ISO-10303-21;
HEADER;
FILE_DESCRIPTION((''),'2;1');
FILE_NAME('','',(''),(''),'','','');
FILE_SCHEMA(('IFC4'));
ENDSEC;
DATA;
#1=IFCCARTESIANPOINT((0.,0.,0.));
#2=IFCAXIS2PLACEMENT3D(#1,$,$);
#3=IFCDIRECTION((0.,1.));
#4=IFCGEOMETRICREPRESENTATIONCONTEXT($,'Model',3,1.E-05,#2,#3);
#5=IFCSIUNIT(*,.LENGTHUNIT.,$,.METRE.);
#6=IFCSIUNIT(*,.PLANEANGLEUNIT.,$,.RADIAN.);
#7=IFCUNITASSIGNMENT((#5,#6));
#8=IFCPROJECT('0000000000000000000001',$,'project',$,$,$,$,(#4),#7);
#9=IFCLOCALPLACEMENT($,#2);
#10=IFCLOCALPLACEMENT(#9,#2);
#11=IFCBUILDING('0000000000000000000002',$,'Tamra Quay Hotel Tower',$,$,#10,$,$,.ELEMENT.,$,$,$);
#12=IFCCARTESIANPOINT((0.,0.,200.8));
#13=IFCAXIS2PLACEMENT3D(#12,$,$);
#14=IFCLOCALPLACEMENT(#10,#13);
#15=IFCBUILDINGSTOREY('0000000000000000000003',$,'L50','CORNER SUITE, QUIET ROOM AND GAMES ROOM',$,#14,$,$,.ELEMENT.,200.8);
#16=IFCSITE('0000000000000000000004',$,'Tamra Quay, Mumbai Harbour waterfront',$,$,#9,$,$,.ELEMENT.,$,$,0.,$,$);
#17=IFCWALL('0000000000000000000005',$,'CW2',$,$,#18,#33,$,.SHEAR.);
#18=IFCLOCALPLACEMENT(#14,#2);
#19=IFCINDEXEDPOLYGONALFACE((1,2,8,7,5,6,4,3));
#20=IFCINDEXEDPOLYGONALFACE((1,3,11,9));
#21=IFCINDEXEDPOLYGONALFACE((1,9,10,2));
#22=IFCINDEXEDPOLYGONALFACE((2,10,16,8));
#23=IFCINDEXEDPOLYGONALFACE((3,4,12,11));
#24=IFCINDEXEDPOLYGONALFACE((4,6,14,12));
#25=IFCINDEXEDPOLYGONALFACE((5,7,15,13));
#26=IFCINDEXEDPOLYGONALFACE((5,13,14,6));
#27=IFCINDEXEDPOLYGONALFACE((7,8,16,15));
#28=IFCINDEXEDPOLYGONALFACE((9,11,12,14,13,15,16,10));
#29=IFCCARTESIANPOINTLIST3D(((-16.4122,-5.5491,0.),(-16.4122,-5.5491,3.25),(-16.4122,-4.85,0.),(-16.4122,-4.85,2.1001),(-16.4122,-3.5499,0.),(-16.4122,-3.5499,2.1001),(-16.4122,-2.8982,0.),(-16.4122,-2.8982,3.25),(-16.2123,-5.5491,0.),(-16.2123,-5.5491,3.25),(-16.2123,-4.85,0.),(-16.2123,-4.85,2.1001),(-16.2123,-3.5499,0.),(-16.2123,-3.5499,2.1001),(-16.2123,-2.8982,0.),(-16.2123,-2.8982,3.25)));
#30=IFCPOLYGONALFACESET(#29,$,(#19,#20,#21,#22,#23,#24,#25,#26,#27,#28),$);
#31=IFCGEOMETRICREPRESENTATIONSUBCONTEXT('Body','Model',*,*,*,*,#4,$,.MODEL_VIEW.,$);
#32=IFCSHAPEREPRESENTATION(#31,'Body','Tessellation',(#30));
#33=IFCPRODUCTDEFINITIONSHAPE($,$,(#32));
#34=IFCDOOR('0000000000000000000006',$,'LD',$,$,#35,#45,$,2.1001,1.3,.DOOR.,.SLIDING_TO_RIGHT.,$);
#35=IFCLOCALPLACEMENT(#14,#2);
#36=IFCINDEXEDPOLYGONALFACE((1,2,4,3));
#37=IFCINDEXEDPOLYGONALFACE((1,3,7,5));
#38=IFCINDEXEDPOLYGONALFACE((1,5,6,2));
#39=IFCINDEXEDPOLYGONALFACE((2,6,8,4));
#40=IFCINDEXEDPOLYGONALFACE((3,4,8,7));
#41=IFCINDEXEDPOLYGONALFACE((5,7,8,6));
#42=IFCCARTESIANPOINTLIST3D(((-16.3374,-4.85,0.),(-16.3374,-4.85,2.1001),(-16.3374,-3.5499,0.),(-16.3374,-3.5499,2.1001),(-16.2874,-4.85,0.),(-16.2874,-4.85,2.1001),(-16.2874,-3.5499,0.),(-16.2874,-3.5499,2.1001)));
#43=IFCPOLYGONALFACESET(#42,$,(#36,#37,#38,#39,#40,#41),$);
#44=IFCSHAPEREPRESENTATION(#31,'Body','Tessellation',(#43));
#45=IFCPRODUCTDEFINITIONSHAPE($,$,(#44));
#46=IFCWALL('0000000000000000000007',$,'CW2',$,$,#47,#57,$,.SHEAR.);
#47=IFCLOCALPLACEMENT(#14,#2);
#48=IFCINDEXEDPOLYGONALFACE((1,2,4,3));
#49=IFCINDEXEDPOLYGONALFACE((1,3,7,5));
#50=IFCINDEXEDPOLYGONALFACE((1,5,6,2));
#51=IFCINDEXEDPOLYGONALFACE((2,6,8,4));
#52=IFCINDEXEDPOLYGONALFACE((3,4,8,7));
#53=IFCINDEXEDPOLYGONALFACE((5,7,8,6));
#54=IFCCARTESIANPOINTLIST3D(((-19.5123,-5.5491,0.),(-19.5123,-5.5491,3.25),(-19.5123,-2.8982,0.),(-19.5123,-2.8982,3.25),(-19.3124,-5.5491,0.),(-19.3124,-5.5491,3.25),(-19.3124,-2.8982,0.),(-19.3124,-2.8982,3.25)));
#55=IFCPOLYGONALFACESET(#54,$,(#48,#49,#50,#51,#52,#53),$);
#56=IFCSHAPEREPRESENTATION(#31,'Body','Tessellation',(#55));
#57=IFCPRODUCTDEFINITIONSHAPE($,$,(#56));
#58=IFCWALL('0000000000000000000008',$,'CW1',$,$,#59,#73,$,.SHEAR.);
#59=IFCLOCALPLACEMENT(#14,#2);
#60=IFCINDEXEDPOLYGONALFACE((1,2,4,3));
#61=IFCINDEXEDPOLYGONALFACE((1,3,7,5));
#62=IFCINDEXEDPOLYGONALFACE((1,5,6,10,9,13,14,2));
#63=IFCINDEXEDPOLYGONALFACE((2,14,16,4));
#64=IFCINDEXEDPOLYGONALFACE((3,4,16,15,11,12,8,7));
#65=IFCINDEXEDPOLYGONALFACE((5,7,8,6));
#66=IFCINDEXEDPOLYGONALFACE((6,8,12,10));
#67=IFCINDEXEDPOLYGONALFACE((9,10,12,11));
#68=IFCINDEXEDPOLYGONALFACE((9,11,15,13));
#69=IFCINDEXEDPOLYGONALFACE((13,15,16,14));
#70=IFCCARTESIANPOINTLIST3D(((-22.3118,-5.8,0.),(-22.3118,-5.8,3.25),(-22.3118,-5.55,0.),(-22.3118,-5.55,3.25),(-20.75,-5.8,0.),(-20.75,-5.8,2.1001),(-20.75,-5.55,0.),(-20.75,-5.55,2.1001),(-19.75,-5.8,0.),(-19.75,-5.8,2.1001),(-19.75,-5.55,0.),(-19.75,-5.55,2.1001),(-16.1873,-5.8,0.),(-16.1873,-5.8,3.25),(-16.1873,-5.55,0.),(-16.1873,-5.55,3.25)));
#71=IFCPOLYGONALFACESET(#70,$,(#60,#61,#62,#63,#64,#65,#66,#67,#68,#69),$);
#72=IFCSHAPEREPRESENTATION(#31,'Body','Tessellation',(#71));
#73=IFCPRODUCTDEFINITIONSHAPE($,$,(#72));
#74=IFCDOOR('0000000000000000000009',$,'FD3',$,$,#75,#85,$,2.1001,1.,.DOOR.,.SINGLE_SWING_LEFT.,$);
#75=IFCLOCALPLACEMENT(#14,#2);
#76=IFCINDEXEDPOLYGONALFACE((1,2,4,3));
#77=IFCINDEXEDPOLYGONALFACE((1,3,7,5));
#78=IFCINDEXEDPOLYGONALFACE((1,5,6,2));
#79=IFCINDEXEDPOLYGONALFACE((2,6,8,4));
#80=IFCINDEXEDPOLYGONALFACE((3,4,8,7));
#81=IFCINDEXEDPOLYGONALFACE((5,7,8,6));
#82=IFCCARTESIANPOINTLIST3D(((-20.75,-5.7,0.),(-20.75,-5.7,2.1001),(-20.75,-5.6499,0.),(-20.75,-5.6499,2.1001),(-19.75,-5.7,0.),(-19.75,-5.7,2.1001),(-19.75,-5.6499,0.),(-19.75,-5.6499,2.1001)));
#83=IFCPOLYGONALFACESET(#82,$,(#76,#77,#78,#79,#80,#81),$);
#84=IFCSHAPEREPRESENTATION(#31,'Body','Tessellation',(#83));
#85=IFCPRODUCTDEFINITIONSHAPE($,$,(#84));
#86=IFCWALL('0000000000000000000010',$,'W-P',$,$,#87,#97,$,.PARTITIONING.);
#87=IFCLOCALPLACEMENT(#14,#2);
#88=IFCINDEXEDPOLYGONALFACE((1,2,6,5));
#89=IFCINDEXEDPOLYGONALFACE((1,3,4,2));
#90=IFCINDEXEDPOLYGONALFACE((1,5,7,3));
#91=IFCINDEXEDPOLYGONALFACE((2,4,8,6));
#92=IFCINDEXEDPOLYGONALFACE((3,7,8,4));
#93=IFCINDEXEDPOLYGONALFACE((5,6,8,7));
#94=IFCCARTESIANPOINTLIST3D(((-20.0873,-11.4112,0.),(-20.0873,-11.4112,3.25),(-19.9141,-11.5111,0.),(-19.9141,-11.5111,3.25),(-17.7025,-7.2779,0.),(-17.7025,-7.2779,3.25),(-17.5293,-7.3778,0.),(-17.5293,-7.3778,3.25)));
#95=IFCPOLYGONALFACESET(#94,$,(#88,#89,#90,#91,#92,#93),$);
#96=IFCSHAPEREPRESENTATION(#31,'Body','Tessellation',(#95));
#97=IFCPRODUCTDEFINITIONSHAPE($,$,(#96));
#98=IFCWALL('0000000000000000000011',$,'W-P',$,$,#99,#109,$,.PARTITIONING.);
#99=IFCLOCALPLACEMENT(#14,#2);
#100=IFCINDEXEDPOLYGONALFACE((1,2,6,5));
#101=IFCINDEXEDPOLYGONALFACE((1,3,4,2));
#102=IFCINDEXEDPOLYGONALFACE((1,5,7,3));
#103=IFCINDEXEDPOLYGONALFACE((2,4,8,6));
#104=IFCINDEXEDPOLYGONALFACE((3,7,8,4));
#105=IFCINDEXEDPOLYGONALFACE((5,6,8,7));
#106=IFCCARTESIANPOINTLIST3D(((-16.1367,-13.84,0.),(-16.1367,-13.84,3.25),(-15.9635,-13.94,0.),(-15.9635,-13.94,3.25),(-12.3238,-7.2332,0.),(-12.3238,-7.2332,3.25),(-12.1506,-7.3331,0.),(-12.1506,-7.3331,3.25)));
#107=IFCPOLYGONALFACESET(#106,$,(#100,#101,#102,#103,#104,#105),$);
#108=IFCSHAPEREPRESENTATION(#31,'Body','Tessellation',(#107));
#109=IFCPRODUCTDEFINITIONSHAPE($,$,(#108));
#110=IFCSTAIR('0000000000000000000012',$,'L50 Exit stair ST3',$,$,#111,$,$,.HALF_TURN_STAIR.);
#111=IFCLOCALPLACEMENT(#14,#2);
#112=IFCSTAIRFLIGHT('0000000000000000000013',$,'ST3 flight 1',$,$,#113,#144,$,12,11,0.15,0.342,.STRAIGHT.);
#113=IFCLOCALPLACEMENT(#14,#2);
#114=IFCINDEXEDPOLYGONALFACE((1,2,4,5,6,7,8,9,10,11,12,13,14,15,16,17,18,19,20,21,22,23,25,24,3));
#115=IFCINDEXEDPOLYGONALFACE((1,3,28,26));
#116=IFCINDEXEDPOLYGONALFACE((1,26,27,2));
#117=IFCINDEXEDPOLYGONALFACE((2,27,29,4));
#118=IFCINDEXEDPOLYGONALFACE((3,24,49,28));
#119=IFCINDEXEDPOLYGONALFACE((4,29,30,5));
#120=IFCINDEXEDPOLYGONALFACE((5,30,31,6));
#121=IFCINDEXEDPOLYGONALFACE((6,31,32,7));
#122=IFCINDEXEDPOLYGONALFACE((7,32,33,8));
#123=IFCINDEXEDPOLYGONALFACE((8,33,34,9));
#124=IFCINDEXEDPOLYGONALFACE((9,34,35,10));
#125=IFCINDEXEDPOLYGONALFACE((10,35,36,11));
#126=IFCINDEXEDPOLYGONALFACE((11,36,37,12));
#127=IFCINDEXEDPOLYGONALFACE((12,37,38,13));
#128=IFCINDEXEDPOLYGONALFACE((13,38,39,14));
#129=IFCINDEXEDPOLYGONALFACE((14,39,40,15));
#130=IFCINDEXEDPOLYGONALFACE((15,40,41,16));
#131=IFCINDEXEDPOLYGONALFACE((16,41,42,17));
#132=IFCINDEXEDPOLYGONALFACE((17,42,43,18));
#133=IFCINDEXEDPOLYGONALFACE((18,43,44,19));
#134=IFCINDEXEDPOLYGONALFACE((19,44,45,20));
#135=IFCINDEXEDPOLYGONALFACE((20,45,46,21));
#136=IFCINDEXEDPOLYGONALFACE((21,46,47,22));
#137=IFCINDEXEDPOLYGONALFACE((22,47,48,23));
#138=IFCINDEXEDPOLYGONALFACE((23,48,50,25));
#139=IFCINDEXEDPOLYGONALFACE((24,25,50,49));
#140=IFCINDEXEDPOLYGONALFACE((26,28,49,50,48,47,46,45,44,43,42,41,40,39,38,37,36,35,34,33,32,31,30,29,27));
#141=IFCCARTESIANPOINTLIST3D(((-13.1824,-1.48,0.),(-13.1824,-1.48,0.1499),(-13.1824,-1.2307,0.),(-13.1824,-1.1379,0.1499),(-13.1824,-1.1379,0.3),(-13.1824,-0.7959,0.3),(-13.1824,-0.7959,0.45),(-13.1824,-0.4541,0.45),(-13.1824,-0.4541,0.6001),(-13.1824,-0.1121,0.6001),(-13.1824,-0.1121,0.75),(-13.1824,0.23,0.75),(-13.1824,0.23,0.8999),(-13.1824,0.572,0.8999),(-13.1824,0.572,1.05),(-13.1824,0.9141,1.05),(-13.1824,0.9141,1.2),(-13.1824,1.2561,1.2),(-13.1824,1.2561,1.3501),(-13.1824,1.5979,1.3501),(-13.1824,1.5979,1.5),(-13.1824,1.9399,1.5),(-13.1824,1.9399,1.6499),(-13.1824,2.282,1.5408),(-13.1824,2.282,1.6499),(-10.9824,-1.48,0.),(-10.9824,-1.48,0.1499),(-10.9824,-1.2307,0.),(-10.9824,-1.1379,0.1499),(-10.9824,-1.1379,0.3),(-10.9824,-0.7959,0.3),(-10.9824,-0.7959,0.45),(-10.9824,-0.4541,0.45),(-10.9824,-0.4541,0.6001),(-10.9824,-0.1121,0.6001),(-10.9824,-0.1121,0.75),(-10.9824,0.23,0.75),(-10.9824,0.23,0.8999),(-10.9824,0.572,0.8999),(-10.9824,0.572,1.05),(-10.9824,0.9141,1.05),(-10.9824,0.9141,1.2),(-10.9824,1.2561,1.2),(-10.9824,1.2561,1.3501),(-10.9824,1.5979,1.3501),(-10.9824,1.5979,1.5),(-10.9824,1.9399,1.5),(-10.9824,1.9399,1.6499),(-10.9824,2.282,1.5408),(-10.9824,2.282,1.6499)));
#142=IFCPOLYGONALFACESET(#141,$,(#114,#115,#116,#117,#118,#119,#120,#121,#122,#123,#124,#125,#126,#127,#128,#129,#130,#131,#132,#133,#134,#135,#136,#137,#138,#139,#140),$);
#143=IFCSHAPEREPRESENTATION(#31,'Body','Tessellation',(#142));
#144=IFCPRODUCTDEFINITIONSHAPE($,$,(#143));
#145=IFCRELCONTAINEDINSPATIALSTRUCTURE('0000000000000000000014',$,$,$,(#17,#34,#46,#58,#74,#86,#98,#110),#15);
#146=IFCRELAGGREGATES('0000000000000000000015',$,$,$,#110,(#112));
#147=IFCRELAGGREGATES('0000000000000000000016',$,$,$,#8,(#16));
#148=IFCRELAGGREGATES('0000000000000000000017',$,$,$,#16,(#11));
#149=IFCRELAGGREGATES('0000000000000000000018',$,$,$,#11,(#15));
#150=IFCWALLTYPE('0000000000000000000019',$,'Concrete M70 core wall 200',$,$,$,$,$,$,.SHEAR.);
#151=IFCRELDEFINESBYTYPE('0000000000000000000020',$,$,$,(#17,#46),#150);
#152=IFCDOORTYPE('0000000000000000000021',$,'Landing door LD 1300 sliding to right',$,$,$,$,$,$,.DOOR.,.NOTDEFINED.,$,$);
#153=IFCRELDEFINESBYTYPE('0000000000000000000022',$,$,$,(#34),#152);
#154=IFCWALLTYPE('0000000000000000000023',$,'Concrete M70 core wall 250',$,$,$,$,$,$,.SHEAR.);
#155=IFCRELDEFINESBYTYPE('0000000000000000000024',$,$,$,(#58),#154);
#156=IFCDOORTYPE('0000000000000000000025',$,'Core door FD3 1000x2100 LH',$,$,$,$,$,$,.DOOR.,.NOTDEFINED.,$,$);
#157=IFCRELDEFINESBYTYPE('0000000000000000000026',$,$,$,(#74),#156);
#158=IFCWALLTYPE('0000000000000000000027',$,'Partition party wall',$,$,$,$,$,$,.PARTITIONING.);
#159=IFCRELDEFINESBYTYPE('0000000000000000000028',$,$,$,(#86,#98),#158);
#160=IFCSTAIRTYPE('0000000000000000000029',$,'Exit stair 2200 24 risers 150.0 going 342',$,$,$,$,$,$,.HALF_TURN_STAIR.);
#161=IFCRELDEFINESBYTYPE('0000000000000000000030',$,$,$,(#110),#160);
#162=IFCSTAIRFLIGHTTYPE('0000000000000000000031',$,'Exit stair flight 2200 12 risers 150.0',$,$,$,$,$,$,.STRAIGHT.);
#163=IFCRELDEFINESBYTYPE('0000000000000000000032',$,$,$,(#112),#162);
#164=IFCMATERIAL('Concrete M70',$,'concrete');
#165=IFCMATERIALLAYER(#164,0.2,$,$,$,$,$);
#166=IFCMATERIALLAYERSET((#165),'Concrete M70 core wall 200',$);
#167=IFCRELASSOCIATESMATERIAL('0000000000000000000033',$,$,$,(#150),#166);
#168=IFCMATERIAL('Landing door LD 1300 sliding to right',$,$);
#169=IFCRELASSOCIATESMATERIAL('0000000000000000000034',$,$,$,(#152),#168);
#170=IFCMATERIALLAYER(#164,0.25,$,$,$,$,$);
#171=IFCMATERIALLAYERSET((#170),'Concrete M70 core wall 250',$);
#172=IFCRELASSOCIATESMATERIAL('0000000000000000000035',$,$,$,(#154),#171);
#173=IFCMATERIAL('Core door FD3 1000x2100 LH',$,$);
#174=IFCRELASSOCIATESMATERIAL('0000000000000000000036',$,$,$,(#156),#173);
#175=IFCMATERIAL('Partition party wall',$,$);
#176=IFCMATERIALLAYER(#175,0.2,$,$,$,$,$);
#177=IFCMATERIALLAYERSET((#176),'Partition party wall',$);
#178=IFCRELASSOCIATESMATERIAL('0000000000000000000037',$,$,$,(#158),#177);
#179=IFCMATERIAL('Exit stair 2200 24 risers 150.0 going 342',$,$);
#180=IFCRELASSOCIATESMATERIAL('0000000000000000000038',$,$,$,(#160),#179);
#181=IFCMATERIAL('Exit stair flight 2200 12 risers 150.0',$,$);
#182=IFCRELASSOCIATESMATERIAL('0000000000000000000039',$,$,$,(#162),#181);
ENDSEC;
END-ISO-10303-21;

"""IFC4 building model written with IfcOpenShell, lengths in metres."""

from ifc_helpers import new_model, si_unit, direction, frame, frame_2d, origin, place, context, subcontext, project, spatial, polyline, rectangle, outline, extrude, material, layer, layer_set, type_object, element, fill, aggregate, save


model = new_model("IFC4")

# Units and contexts
model_context = context("Model", 3, precision=1e-05, world=origin(), true_north=direction((0.0, 1.0)))
body_context = subcontext(model_context, "Body", "Model", "MODEL_VIEW")
ifc_project = project(units=[si_unit("LENGTHUNIT", "METRE"), si_unit("PLANEANGLEUNIT", "RADIAN")], contexts=[model_context])

# Site, building, storey
site_placement = place(None, origin())
site = spatial("IfcSite", under=ifc_project, at=site_placement, Name="Tamra Quay, Mumbai Harbour waterfront", CompositionType="ELEMENT", RefElevation=0.0)
building_placement = place(site_placement, origin())
building = spatial("IfcBuilding", under=site, at=building_placement, Name="Tamra Quay Hotel Tower", CompositionType="ELEMENT")
storey_placement = place(building_placement, frame((0.0, 0.0, 200.8)))
storey = spatial("IfcBuildingStorey", under=building, at=storey_placement, Name="L50", Description="CORNER SUITE, QUIET ROOM AND GAMES ROOM", CompositionType="ELEMENT", Elevation=200.8)

# Shared definitions
ifc_material_1 = material(Name="Concrete M70", Category="concrete")

# Shared definitions
ifc_layer_1 = layer(ifc_material_1, 0.2)
ifc_layer_set_1 = layer_set([ifc_layer_1], Name="Concrete M70 core wall 200")
wall_type_1 = type_object("IfcWallType", Name="Concrete M70 core wall 200", PredefinedType="SHEAR", material=ifc_layer_set_1)

# Wall, opening, door
wall_1_placement = place(storey_placement, frame((-16.3123, -2.8982, 0.0), z_axis=(0.0, 0.0, 1.0), x_axis=(0.0, -1.0, 0.0)))
wall_1 = element("IfcWall", 1, at=wall_1_placement, inside=storey, type_object=wall_type_1, Name="CW2", PredefinedType="SHEAR", context=body_context, shape_type="SweptSolid", body=[
    extrude(rectangle(XDim=2.6509, YDim=0.2, at=frame_2d((1.3254, 0.0))), origin(), (0.0, 0.0, 1.0), 3.25),
])
opening_1_placement = place(wall_1_placement, frame((0.6519, 0.0, 0.0)))
opening_1 = element("IfcOpeningElement", 2, at=opening_1_placement, cuts=wall_1, PredefinedType="OPENING", context=body_context, shape_type="SweptSolid", body=[
    extrude(rectangle(XDim=1.3, YDim=2.1001, at=frame_2d((0.6499, 1.05))), frame((0.0, 0.1099, 0.0), z_axis=(0.0, -1.0, 0.0), x_axis=(1.0, 0.0, 0.0)), (0.0, 0.0, 1.0), 0.22),
])
ifc_material_2 = material(Name="Landing door LD 1300 sliding to right")
door_type_1 = type_object("IfcDoorType", Name="Landing door LD 1300 sliding to right", OperationType="NOTDEFINED", PredefinedType="DOOR", material=ifc_material_2)
door_1_placement = place(opening_1_placement, origin())
door_1 = element("IfcDoor", 3, at=door_1_placement, inside=storey, type_object=door_type_1, Name="LD", OperationType="SLIDING_TO_RIGHT", OverallHeight=2.1001, OverallWidth=1.3, PredefinedType="DOOR", context=body_context, shape_type="SweptSolid", body=[
    extrude(rectangle(XDim=1.3, YDim=2.1001, at=frame_2d((0.6499, 1.05))), frame((0.0, 0.0249, 0.0), z_axis=(0.0, -1.0, 0.0), x_axis=(1.0, 0.0, 0.0)), (0.0, 0.0, 1.0), 0.05),
])
fill(opening_1, door_1)

# Wall
wall_2_placement = place(storey_placement, frame((-19.4124, -5.5491, 0.0), z_axis=(0.0, 0.0, 1.0), x_axis=(0.0, 1.0, 0.0)))
element("IfcWall", 4, at=wall_2_placement, inside=storey, type_object=wall_type_1, Name="CW2", PredefinedType="SHEAR", context=body_context, shape_type="SweptSolid", body=[
    extrude(rectangle(XDim=2.6509, YDim=0.2, at=frame_2d((1.3254, 0.0))), origin(), (0.0, 0.0, 1.0), 3.25),
])

# Wall, opening, door
ifc_layer_2 = layer(ifc_material_1, 0.25)
ifc_layer_set_2 = layer_set([ifc_layer_2], Name="Concrete M70 core wall 250")
wall_type_2 = type_object("IfcWallType", Name="Concrete M70 core wall 250", PredefinedType="SHEAR", material=ifc_layer_set_2)
wall_3_placement = place(storey_placement, frame((-16.1873, -5.675, 0.0), z_axis=(0.0, 0.0, 1.0), x_axis=(-1.0, 0.0, 0.0)))
wall_3 = element("IfcWall", 5, at=wall_3_placement, inside=storey, type_object=wall_type_2, Name="CW1", PredefinedType="SHEAR", context=body_context, shape_type="SweptSolid", body=[
    extrude(rectangle(XDim=6.1245, YDim=0.25, at=frame_2d((3.0623, 0.0))), origin(), (0.0, 0.0, 1.0), 3.25),
])
opening_2_placement = place(wall_3_placement, frame((3.5627, 0.0, 0.0)))
opening_2 = element("IfcOpeningElement", 6, at=opening_2_placement, cuts=wall_3, PredefinedType="OPENING", context=body_context, shape_type="SweptSolid", body=[
    extrude(rectangle(XDim=1.0, YDim=2.1001, at=frame_2d((0.5, 1.05))), frame((0.0, 0.135, 0.0), z_axis=(0.0, -1.0, 0.0), x_axis=(1.0, 0.0, 0.0)), (0.0, 0.0, 1.0), 0.27),
])
ifc_material_3 = material(Name="Core door FD3 1000x2100 LH")
door_type_2 = type_object("IfcDoorType", Name="Core door FD3 1000x2100 LH", OperationType="NOTDEFINED", PredefinedType="DOOR", material=ifc_material_3)
door_2_placement = place(opening_2_placement, origin())
door_2 = element("IfcDoor", 7, at=door_2_placement, inside=storey, type_object=door_type_2, Name="FD3", OperationType="SINGLE_SWING_LEFT", OverallHeight=2.1001, OverallWidth=1.0, PredefinedType="DOOR", context=body_context, shape_type="SweptSolid", body=[
    extrude(rectangle(XDim=1.0, YDim=2.1001, at=frame_2d((0.5, 1.05))), frame((0.0, 0.0249, 0.0), z_axis=(0.0, -1.0, 0.0), x_axis=(1.0, 0.0, 0.0)), (0.0, 0.0, 1.0), 0.05),
])
fill(opening_2, door_2)

# Walls
ifc_material_4 = material(Name="Partition party wall")
ifc_layer_3 = layer(ifc_material_4, 0.2)
ifc_layer_set_3 = layer_set([ifc_layer_3], Name="Partition party wall")
wall_type_3 = type_object("IfcWallType", Name="Partition party wall", PredefinedType="PARTITIONING", material=ifc_layer_set_3)
wall_4_placement = place(storey_placement, frame((-20.0007, -11.4612, 0.0), z_axis=(0.0, 0.0, 1.0), x_axis=(0.499749, 0.86617, 0.0)))
element("IfcWall", 8, at=wall_4_placement, inside=storey, type_object=wall_type_3, Name="W-P", PredefinedType="PARTITIONING", context=body_context, shape_type="SweptSolid", body=[
    extrude(rectangle(XDim=4.772, YDim=0.2, at=frame_2d((2.386, 0.0))), origin(), (0.0, 0.0, 1.0), 3.25),
])
wall_5_placement = place(storey_placement, frame((-16.05, -13.8899, 0.0), z_axis=(0.0, 0.0, 1.0), x_axis=(0.49985, 0.866112, 0.0)))
element("IfcWall", 9, at=wall_5_placement, inside=storey, type_object=wall_type_3, Name="W-P", PredefinedType="PARTITIONING", context=body_context, shape_type="SweptSolid", body=[
    extrude(rectangle(XDim=7.6282, YDim=0.2, at=frame_2d((3.814, 0.0))), origin(), (0.0, 0.0, 1.0), 3.25),
])

# Stair, stair flight
ifc_material_5 = material(Name="Exit stair 2200 24 risers 150.0 going 342")
stair_type = type_object("IfcStairType", Name="Exit stair 2200 24 risers 150.0 going 342", PredefinedType="HALF_TURN_STAIR", material=ifc_material_5)
stair_placement = place(storey_placement, origin())
stair = element("IfcStair", 10, at=stair_placement, inside=storey, type_object=stair_type, Name="L50 Exit stair ST3", PredefinedType="HALF_TURN_STAIR")
ifc_material_6 = material(Name="Exit stair flight 2200 12 risers 150.0")
stair_flight_type = type_object("IfcStairFlightType", Name="Exit stair flight 2200 12 risers 150.0", PredefinedType="STRAIGHT", material=ifc_material_6)
stair_flight_placement = place(storey_placement, frame((-12.0823, -1.48, 0.0), z_axis=(0.0, 0.0, 1.0), x_axis=(0.0, 1.0, 0.0)))
stair_flight = element("IfcStairFlight", 11, at=stair_flight_placement, type_object=stair_flight_type, Name="ST3 flight 1", NumberOfRisers=12, NumberOfTreads=11, PredefinedType="STRAIGHT", RiserHeight=0.15, TreadLength=0.342, context=body_context, shape_type="SweptSolid", body=[
    extrude(outline(polyline([(0.0, 0.0), (0.0, 0.1499), (0.342, 0.1499), (0.342, 0.3), (0.6841, 0.3), (0.6841, 0.45), (1.0259, 0.45), (1.0259, 0.6001), (1.3679, 0.6001), (1.3679, 0.75), (1.71, 0.75), (1.71, 0.8999), (2.052, 0.8999), (2.052, 1.05), (2.394, 1.05), (2.394, 1.2), (2.7361, 1.2), (2.7361, 1.3501), (3.0779, 1.3501), (3.0779, 1.5), (3.4199, 1.5), (3.4199, 1.6499), (3.762, 1.6499), (3.762, 1.8), (3.762, 1.5408), (0.2493, 0.0), (0.0, 0.0)])), frame((0.0, 1.1001, 0.0), z_axis=(0.0, -1.0, 0.0), x_axis=(1.0, 0.0, 0.0)), (0.0, 0.0, 1.0), 2.2),
])
aggregate(stair, [stair_flight])

save(model, "model.ifc")
